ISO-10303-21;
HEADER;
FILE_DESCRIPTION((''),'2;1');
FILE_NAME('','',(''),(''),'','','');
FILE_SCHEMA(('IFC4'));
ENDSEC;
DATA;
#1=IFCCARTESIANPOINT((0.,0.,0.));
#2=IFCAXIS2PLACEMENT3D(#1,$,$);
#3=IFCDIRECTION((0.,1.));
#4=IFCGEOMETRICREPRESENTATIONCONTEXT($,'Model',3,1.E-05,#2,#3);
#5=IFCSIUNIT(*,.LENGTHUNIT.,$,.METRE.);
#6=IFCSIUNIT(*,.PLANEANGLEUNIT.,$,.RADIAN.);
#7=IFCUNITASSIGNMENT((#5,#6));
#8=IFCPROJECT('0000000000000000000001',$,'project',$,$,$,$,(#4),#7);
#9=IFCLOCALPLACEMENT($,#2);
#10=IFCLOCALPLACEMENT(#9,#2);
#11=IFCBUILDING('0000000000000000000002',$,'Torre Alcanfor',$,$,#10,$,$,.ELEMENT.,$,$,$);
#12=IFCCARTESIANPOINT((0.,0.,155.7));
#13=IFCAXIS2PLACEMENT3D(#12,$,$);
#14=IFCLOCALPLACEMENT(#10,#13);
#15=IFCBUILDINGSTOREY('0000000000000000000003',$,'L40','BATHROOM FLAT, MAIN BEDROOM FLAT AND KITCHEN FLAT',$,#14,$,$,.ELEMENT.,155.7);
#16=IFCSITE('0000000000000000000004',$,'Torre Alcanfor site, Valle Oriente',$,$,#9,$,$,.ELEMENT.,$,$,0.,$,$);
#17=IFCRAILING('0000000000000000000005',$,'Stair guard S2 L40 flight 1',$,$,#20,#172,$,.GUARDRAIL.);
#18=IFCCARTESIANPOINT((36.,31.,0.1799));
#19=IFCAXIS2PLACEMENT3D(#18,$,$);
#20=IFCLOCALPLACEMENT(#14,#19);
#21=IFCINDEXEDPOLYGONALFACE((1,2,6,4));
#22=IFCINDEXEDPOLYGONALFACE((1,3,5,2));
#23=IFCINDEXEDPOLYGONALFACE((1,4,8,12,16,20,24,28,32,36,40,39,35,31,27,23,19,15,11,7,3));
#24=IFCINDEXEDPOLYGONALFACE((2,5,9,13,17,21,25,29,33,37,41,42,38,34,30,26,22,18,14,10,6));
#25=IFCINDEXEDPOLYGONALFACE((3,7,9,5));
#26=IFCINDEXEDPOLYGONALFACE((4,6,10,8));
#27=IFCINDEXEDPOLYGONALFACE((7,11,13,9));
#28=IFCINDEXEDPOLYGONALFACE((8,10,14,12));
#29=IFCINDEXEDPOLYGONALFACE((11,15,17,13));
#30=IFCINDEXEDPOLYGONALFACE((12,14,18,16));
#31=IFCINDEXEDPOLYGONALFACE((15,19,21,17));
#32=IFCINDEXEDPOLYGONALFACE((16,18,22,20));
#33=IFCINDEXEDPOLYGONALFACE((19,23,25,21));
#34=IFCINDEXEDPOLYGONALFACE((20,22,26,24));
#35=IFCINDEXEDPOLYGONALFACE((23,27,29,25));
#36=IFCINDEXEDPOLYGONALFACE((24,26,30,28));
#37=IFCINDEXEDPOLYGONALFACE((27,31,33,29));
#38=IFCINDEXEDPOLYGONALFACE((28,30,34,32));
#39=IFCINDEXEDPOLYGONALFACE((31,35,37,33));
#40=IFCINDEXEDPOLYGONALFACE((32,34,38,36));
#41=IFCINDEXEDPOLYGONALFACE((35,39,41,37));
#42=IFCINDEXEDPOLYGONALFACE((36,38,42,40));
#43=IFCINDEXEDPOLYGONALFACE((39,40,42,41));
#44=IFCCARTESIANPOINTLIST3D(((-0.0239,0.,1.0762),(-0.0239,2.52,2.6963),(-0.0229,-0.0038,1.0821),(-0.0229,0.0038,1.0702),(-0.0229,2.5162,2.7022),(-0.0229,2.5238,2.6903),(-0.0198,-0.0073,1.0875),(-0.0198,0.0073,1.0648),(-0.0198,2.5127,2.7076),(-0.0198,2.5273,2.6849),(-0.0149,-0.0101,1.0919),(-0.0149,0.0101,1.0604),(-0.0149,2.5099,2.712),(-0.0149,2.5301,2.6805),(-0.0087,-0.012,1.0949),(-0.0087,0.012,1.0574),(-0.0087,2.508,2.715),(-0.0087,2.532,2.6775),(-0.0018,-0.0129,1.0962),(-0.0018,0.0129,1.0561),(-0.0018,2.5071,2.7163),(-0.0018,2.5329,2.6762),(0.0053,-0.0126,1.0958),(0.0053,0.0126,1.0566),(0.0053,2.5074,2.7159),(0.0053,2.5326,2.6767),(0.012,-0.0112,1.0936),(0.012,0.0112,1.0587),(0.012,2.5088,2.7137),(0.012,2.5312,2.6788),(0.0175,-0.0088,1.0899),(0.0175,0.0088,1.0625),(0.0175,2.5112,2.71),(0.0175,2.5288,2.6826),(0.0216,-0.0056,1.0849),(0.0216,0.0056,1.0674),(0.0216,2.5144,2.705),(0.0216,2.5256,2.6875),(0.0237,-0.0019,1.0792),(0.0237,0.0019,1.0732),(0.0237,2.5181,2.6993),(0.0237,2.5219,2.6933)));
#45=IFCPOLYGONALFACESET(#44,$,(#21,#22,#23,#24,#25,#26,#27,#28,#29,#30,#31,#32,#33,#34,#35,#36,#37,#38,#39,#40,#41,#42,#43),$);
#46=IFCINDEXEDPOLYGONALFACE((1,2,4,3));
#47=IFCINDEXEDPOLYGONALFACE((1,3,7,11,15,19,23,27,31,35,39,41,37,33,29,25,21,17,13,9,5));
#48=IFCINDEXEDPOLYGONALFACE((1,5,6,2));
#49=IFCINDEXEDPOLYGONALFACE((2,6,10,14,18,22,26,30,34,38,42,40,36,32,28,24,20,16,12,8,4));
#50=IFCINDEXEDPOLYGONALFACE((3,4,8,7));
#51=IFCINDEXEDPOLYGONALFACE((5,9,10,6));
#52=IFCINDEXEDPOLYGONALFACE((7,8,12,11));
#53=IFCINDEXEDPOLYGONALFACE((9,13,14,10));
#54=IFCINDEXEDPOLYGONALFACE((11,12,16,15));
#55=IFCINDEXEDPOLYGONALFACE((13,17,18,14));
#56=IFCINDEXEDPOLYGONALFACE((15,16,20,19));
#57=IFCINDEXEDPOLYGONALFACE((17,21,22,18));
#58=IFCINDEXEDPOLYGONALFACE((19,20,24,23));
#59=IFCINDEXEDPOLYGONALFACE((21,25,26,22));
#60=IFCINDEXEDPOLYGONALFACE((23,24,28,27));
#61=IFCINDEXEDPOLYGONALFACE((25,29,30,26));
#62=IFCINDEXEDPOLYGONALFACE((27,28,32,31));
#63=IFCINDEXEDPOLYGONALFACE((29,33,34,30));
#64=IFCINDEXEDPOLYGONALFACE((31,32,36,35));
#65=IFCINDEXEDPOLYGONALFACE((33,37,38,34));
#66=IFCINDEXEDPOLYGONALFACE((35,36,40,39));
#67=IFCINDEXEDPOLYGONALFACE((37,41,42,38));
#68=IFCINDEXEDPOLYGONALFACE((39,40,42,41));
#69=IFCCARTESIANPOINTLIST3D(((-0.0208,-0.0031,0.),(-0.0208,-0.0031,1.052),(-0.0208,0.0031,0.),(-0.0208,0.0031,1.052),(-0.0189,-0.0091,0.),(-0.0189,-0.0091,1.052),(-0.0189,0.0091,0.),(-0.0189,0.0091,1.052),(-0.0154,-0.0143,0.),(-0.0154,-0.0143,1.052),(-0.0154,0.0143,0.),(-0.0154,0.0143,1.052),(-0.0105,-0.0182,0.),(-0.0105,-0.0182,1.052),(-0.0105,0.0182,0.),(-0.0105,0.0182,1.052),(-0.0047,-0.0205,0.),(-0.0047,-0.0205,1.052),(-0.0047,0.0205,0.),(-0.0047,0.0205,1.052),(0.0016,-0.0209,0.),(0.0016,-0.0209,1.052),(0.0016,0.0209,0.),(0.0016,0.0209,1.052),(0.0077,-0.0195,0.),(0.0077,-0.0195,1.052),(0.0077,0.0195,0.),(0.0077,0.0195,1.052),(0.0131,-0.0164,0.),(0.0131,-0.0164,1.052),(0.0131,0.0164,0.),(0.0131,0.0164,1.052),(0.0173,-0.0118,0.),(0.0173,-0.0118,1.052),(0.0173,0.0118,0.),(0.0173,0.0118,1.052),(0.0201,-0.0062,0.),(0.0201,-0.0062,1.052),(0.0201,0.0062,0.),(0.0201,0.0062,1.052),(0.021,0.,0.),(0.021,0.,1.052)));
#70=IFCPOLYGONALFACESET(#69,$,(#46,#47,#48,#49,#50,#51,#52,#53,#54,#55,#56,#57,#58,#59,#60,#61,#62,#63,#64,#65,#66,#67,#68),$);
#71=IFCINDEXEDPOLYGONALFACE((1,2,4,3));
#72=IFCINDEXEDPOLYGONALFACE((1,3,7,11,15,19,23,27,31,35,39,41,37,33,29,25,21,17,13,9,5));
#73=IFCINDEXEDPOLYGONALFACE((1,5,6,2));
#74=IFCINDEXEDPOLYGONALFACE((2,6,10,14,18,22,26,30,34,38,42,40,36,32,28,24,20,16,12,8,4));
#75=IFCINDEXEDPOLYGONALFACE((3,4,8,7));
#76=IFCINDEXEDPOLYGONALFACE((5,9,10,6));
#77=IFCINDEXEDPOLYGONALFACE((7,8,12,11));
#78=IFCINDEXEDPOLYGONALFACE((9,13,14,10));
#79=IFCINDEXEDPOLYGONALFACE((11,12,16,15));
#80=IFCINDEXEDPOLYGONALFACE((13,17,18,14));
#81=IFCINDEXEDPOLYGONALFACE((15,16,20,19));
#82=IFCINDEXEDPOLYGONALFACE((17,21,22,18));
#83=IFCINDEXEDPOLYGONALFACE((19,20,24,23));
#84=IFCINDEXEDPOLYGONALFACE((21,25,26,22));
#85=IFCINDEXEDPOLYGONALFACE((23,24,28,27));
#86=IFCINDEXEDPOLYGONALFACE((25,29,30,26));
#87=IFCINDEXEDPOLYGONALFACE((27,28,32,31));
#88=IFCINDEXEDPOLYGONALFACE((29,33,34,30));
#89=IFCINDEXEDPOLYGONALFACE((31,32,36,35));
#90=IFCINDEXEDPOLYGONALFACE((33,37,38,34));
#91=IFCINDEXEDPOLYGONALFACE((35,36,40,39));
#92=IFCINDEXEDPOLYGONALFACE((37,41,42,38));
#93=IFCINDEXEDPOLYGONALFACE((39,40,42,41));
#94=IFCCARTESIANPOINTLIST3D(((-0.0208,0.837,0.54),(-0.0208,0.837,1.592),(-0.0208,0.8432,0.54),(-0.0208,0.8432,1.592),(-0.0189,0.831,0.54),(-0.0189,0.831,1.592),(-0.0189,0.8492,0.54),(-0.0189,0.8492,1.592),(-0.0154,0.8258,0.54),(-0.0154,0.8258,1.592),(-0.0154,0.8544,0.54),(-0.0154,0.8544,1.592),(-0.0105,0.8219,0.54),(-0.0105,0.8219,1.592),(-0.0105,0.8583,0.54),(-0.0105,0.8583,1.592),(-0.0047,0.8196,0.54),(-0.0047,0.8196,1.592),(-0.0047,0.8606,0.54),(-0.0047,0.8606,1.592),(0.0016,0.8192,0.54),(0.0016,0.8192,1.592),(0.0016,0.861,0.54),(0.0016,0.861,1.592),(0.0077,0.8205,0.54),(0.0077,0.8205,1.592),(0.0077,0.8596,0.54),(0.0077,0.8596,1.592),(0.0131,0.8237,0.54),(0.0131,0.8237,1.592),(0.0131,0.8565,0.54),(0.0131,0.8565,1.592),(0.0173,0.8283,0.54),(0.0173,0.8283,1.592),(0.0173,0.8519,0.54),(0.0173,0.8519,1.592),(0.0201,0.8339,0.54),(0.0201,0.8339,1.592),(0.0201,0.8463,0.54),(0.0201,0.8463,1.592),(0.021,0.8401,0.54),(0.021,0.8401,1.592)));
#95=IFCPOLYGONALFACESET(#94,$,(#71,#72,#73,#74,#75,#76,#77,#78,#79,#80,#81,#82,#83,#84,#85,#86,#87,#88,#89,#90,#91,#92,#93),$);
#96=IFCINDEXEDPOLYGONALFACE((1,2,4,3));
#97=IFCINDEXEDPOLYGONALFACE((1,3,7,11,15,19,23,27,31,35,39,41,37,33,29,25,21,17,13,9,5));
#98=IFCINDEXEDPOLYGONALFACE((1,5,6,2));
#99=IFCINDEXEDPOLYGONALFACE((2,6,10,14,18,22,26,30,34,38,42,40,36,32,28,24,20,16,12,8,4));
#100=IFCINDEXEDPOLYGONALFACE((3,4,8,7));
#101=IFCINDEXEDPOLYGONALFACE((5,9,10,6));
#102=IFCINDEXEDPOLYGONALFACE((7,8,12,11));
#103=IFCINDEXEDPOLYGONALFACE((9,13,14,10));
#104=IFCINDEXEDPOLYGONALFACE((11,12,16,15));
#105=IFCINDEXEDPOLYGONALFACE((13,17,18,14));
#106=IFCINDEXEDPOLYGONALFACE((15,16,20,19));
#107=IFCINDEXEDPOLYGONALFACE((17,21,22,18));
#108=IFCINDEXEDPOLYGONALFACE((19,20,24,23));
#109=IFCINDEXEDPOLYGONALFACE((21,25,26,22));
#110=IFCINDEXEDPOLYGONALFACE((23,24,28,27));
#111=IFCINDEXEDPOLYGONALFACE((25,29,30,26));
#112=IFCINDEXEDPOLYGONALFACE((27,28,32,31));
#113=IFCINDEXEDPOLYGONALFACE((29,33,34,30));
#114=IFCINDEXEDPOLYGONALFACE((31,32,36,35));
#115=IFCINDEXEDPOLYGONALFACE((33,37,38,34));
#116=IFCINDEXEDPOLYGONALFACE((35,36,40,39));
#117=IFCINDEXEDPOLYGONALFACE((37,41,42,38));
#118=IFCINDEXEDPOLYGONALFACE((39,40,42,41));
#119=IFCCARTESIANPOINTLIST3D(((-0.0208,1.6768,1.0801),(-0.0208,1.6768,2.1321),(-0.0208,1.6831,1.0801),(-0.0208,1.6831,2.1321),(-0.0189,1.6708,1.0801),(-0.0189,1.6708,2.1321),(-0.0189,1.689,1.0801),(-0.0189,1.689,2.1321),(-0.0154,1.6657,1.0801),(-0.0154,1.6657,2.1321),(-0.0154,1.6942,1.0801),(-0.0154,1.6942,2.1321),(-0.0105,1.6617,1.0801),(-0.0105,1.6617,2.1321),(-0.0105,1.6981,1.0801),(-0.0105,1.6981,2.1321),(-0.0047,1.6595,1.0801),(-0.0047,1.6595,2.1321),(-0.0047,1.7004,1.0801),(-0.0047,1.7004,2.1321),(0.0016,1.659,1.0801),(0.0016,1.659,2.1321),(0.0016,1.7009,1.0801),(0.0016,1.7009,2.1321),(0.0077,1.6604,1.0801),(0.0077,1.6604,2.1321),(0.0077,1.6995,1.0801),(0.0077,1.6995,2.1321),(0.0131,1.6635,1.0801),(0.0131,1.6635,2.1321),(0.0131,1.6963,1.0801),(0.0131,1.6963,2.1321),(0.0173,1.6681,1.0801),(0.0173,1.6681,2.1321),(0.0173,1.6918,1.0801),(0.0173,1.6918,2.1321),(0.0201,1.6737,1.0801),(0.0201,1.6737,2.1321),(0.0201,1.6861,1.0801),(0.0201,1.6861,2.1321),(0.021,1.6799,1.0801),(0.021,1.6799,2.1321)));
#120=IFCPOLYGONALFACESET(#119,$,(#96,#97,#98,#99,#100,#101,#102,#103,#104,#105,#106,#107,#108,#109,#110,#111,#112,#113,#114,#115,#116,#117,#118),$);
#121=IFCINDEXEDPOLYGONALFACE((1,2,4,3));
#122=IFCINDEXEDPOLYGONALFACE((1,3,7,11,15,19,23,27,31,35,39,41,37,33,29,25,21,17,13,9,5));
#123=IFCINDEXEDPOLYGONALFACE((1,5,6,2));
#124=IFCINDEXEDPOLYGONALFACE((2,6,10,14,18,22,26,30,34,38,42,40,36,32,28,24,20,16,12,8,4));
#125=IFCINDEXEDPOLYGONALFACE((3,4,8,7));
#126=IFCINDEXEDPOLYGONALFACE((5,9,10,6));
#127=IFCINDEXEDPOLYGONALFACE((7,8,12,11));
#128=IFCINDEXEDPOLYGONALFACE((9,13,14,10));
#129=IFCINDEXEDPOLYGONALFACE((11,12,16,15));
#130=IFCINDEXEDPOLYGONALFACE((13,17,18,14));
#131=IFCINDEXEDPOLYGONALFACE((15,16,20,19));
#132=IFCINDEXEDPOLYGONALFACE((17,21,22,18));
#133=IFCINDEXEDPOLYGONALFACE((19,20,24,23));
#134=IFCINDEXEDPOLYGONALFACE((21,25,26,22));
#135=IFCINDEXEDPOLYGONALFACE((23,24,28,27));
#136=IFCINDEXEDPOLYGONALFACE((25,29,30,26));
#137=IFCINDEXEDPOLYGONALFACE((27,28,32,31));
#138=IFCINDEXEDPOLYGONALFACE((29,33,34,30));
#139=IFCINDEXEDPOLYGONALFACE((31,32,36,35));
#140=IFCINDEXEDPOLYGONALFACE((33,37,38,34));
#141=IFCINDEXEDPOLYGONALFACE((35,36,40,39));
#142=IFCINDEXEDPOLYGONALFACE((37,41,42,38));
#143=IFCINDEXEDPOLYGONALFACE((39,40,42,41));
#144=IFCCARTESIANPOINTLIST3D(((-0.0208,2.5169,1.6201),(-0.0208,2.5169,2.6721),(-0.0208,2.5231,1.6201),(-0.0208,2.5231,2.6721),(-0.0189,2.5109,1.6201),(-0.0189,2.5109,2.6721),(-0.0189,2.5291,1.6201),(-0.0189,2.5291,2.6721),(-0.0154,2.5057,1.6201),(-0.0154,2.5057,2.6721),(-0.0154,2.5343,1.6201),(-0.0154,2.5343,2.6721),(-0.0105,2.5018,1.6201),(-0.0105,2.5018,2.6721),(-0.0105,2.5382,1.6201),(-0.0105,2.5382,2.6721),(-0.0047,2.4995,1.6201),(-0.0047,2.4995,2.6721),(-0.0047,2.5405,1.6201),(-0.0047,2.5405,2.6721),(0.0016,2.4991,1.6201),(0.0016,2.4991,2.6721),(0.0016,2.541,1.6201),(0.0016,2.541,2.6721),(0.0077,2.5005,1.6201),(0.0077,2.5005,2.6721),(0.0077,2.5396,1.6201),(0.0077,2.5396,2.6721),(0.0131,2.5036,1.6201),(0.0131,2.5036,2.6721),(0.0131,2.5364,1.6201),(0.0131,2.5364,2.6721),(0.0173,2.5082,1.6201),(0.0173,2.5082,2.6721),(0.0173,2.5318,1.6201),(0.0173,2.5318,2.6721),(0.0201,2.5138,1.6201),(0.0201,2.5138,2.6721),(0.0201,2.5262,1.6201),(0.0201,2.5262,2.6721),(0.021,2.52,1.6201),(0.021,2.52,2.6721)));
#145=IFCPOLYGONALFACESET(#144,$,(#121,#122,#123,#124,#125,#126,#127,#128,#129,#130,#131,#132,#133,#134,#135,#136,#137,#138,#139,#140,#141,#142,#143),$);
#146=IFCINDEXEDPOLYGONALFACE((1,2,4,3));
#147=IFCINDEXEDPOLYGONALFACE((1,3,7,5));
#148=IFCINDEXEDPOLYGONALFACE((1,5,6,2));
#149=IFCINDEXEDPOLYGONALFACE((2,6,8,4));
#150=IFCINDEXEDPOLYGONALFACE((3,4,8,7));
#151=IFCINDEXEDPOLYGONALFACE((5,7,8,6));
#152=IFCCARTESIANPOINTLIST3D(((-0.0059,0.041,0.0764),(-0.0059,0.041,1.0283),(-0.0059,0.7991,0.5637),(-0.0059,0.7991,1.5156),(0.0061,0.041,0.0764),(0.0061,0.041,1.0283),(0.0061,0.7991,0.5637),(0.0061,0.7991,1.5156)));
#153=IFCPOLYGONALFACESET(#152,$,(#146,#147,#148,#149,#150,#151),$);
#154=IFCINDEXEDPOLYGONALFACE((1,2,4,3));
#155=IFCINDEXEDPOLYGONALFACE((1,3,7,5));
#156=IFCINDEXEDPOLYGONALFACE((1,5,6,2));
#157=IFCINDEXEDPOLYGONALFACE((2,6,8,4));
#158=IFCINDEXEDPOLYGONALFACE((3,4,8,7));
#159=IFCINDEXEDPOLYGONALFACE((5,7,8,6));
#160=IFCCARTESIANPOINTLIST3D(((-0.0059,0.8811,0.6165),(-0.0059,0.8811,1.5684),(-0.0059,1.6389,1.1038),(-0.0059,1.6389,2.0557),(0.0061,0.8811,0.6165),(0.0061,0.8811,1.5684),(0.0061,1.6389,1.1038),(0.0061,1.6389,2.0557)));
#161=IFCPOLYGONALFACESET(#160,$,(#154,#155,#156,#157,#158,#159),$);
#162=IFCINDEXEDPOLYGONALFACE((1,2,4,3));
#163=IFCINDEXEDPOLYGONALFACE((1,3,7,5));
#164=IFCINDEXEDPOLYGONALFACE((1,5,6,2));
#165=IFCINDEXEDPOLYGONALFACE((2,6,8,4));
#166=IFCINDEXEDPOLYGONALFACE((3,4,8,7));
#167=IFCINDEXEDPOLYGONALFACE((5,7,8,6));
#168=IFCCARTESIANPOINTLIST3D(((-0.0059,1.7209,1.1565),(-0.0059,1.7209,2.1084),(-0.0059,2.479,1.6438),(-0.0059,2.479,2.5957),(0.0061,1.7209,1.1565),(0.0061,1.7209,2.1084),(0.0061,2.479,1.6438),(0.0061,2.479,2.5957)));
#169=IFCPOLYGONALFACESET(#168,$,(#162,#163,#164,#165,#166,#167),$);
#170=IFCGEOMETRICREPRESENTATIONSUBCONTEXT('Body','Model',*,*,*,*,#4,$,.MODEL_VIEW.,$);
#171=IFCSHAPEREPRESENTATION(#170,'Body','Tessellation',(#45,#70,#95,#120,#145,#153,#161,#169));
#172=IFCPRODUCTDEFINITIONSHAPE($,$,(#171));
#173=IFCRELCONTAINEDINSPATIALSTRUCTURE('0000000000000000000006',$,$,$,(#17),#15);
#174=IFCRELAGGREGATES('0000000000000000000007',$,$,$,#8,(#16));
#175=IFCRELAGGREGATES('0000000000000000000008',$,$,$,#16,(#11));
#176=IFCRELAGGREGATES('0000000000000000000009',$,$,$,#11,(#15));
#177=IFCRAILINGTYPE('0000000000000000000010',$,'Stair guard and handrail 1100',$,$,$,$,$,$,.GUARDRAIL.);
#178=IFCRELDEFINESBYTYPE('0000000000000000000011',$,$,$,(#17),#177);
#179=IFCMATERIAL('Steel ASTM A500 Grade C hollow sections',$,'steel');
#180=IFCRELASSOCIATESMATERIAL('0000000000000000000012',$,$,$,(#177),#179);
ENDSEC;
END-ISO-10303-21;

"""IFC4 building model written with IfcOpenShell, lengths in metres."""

from ifc_helpers import new_model, si_unit, direction, frame, origin, origin_2d, place, context, subcontext, project, spatial, polyline, circle, outline, extrude, material, type_object, element, save


model = new_model("IFC4")

# Units and contexts
model_context = context("Model", 3, precision=1e-05, world=origin(), true_north=direction((0.0, 1.0)))
body_context = subcontext(model_context, "Body", "Model", "MODEL_VIEW")
ifc_project = project(units=[si_unit("LENGTHUNIT", "METRE"), si_unit("PLANEANGLEUNIT", "RADIAN")], contexts=[model_context])

# Site, building, storey
site_placement = place(None, origin())
site = spatial("IfcSite", under=ifc_project, at=site_placement, Name="Torre Alcanfor site, Valle Oriente", CompositionType="ELEMENT", RefElevation=0.0)
building_placement = place(site_placement, origin())
building = spatial("IfcBuilding", under=site, at=building_placement, Name="Torre Alcanfor", CompositionType="ELEMENT")
storey_placement = place(building_placement, frame((0.0, 0.0, 155.7)))
storey = spatial("IfcBuildingStorey", under=building, at=storey_placement, Name="L40", Description="BATHROOM FLAT, MAIN BEDROOM FLAT AND KITCHEN FLAT", CompositionType="ELEMENT", Elevation=155.7)

# Railing
ifc_material_1 = material(Name="Steel ASTM A500 Grade C hollow sections", Category="steel")
railing_type_1 = type_object("IfcRailingType", Name="Stair guard and handrail 1100", PredefinedType="GUARDRAIL", material=ifc_material_1)
railing_1_placement = place(storey_placement, frame((36.0, 31.0, 0.1799)))
element("IfcRailing", 1, at=railing_1_placement, inside=storey, type_object=railing_type_1, Name="Stair guard S2 L40 flight 1", PredefinedType="GUARDRAIL", context=body_context, shape_type="SweptSolid", body=[
    extrude(circle(Radius=0.0239, at=origin_2d()), frame((0.0, 0.0, 1.0762), z_axis=(0.0, 0.841163, 0.540782), x_axis=(-1.0, 0.0, 0.0)), (0.0, 0.0, 1.0), 2.9958),
    extrude(circle(Radius=0.021, at=origin_2d()), origin(), (0.0, 0.0, 1.0), 1.052),
    extrude(circle(Radius=0.021, at=origin_2d()), frame((0.0, 0.8401, 0.54)), (0.0, 0.0, 1.0), 1.052),
    extrude(circle(Radius=0.021, at=origin_2d()), frame((0.0, 1.6799, 1.0801)), (0.0, 0.0, 1.0), 1.052),
    extrude(circle(Radius=0.021, at=origin_2d()), frame((0.0, 2.52, 1.6201)), (0.0, 0.0, 1.0), 1.052),
    extrude(outline(polyline([(0.041, 0.0764), (0.7991, 0.5637), (0.7991, 1.5156), (0.041, 1.0283), (0.041, 0.0764)])), frame((-0.0059, 0.0, 0.0), z_axis=(1.0, 0.0, 0.0), x_axis=(0.0, 1.0, 0.0)), (0.0, 0.0, 1.0), 0.012),
    extrude(outline(polyline([(0.8811, 0.6165), (1.6389, 1.1038), (1.6389, 2.0557), (0.8811, 1.5684), (0.8811, 0.6165)])), frame((-0.0059, 0.0, 0.0), z_axis=(1.0, 0.0, 0.0), x_axis=(0.0, 1.0, 0.0)), (0.0, 0.0, 1.0), 0.012),
    extrude(outline(polyline([(1.7209, 1.1565), (2.479, 1.6438), (2.479, 2.5957), (1.7209, 2.1084), (1.7209, 1.1565)])), frame((-0.0059, 0.0, 0.0), z_axis=(1.0, 0.0, 0.0), x_axis=(0.0, 1.0, 0.0)), (0.0, 0.0, 1.0), 0.012),
])

save(model, "model.ifc")
